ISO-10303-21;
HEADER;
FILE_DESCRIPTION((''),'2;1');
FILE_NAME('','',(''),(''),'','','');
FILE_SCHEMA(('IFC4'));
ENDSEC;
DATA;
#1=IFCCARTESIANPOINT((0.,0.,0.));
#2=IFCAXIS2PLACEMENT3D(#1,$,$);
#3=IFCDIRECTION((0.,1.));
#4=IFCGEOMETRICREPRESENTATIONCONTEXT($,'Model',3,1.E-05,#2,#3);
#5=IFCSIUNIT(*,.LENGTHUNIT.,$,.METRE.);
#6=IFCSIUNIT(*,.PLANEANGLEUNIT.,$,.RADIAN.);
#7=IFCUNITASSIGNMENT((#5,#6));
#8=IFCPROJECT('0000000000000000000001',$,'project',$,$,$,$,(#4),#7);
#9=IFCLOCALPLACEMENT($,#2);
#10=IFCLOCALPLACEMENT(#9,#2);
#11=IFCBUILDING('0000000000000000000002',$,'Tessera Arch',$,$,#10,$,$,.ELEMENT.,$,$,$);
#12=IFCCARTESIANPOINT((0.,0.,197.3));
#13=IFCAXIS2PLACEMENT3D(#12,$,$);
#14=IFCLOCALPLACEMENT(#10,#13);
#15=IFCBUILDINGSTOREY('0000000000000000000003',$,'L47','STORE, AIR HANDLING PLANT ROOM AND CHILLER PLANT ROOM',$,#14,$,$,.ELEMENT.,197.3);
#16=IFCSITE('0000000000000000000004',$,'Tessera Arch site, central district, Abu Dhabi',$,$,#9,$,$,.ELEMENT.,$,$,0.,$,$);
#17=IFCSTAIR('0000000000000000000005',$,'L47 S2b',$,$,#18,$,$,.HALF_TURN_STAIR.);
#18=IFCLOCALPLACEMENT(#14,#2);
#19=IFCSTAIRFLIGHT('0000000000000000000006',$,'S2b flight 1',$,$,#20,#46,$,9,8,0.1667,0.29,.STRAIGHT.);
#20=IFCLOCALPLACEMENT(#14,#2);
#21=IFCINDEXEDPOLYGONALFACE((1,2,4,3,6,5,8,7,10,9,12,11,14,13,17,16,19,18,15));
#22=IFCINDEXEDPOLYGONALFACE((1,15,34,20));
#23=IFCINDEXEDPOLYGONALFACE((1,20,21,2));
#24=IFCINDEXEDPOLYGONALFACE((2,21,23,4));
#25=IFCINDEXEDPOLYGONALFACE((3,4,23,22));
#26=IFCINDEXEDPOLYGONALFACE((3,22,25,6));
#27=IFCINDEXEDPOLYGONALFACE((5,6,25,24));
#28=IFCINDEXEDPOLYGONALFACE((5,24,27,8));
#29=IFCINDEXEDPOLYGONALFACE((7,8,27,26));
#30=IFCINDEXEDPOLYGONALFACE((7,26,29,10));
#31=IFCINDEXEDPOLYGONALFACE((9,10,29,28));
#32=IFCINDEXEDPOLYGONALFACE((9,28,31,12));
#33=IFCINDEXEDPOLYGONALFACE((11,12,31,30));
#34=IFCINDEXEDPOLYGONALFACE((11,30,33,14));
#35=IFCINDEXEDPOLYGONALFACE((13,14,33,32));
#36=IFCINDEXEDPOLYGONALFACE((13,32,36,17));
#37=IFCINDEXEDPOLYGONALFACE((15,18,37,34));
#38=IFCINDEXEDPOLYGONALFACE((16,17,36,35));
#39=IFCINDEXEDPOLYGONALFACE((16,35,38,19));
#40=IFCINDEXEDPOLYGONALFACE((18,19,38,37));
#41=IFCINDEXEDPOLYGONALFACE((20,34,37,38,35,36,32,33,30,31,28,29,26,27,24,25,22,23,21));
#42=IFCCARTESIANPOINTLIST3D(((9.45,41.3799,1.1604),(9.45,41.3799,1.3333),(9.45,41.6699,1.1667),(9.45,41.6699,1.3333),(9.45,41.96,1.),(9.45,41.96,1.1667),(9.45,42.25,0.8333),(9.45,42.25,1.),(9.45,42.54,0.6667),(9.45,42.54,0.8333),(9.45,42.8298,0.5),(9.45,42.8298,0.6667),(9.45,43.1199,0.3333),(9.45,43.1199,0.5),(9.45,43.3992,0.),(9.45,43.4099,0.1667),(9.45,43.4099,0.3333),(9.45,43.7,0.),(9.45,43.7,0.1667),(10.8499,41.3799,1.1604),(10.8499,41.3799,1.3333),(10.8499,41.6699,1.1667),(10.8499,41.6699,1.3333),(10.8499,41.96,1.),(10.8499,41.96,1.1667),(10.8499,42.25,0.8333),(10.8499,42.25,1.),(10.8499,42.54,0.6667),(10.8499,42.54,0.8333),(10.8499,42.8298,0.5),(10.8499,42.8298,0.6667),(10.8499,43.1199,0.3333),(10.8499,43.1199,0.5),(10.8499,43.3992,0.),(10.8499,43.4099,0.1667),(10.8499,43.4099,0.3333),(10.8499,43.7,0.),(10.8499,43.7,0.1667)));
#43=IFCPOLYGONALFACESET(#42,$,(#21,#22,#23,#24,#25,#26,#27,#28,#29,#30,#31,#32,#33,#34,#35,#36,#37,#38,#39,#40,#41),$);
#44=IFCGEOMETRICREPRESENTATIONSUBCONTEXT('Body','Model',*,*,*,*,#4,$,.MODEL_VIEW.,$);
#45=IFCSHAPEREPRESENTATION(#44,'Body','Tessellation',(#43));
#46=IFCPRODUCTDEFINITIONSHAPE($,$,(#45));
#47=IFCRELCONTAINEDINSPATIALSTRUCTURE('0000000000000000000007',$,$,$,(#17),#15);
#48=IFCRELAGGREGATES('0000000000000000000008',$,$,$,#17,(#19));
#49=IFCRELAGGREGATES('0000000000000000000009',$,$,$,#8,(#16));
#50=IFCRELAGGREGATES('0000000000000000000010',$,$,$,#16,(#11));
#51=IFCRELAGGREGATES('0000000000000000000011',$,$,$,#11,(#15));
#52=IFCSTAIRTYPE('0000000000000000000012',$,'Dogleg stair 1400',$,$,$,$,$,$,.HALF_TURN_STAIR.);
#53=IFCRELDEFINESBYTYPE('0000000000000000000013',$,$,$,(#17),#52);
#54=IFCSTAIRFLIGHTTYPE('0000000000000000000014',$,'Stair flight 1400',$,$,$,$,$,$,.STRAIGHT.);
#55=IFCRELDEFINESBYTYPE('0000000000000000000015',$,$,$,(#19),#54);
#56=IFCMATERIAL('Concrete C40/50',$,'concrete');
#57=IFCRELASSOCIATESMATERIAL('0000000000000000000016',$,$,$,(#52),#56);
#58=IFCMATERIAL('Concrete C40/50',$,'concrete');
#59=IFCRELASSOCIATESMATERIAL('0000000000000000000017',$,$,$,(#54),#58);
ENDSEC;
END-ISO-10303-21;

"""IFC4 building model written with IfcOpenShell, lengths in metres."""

from ifc_helpers import new_model, si_unit, direction, frame, origin, place, context, subcontext, project, spatial, polyline, outline, extrude, material, type_object, element, aggregate, save


model = new_model("IFC4")

# Units and contexts
model_context = context("Model", 3, precision=1e-05, world=origin(), true_north=direction((0.0, 1.0)))
body_context = subcontext(model_context, "Body", "Model", "MODEL_VIEW")
ifc_project = project(units=[si_unit("LENGTHUNIT", "METRE"), si_unit("PLANEANGLEUNIT", "RADIAN")], contexts=[model_context])

# Site, building, storey
site_placement = place(None, origin())
site = spatial("IfcSite", under=ifc_project, at=site_placement, Name="Tessera Arch site, central district, Abu Dhabi", CompositionType="ELEMENT", RefElevation=0.0)
building_placement = place(site_placement, origin())
building = spatial("IfcBuilding", under=site, at=building_placement, Name="Tessera Arch", CompositionType="ELEMENT")
storey_placement = place(building_placement, frame((0.0, 0.0, 197.3)))
storey = spatial("IfcBuildingStorey", under=building, at=storey_placement, Name="L47", Description="STORE, AIR HANDLING PLANT ROOM AND CHILLER PLANT ROOM", CompositionType="ELEMENT", Elevation=197.3)

# Shared definitions
ifc_material_1 = material(Name="Concrete C40/50", Category="concrete")
stair_type = type_object("IfcStairType", Name="Dogleg stair 1400", PredefinedType="HALF_TURN_STAIR", material=ifc_material_1)
ifc_material_2 = material(Name="Concrete C40/50", Category="concrete")
stair_flight_type = type_object("IfcStairFlightType", Name="Stair flight 1400", PredefinedType="STRAIGHT", material=ifc_material_2)

# Stair, stair flight
stair_1_placement = place(storey_placement, origin())
stair_1 = element("IfcStair", 1, at=stair_1_placement, inside=storey, type_object=stair_type, Name="L47 S2b", PredefinedType="HALF_TURN_STAIR")
stair_flight_1_placement = place(storey_placement, frame((10.1499, 43.7, 0.0), z_axis=(0.0, 0.0, 1.0), x_axis=(0.0, -1.0, 0.0)))
stair_flight_1 = element("IfcStairFlight", 2, at=stair_flight_1_placement, type_object=stair_flight_type, Name="S2b flight 1", NumberOfRisers=9, NumberOfTreads=8, PredefinedType="STRAIGHT", RiserHeight=0.1667, TreadLength=0.29, context=body_context, shape_type="SweptSolid", body=[
    extrude(outline(polyline([(0.0, 0.0), (0.0, 0.1667), (0.29, 0.1667), (0.29, 0.3333), (0.5801, 0.3333), (0.5801, 0.5), (0.8701, 0.5), (0.8701, 0.6667), (1.1599, 0.6667), (1.1599, 0.8333), (1.45, 0.8333), (1.45, 1.0), (1.74, 1.0), (1.74, 1.1667), (2.03, 1.1667), (2.03, 1.3333), (2.3201, 1.3333), (2.3201, 1.5), (2.3201, 1.1604), (0.3008, 0.0), (0.0, 0.0)])), frame((0.0, 0.7, 0.0), z_axis=(0.0, -1.0, 0.0), x_axis=(1.0, 0.0, 0.0)), (0.0, 0.0, 1.0), 1.3999),
])
aggregate(stair_1, [stair_flight_1])

save(model, "model.ifc")
